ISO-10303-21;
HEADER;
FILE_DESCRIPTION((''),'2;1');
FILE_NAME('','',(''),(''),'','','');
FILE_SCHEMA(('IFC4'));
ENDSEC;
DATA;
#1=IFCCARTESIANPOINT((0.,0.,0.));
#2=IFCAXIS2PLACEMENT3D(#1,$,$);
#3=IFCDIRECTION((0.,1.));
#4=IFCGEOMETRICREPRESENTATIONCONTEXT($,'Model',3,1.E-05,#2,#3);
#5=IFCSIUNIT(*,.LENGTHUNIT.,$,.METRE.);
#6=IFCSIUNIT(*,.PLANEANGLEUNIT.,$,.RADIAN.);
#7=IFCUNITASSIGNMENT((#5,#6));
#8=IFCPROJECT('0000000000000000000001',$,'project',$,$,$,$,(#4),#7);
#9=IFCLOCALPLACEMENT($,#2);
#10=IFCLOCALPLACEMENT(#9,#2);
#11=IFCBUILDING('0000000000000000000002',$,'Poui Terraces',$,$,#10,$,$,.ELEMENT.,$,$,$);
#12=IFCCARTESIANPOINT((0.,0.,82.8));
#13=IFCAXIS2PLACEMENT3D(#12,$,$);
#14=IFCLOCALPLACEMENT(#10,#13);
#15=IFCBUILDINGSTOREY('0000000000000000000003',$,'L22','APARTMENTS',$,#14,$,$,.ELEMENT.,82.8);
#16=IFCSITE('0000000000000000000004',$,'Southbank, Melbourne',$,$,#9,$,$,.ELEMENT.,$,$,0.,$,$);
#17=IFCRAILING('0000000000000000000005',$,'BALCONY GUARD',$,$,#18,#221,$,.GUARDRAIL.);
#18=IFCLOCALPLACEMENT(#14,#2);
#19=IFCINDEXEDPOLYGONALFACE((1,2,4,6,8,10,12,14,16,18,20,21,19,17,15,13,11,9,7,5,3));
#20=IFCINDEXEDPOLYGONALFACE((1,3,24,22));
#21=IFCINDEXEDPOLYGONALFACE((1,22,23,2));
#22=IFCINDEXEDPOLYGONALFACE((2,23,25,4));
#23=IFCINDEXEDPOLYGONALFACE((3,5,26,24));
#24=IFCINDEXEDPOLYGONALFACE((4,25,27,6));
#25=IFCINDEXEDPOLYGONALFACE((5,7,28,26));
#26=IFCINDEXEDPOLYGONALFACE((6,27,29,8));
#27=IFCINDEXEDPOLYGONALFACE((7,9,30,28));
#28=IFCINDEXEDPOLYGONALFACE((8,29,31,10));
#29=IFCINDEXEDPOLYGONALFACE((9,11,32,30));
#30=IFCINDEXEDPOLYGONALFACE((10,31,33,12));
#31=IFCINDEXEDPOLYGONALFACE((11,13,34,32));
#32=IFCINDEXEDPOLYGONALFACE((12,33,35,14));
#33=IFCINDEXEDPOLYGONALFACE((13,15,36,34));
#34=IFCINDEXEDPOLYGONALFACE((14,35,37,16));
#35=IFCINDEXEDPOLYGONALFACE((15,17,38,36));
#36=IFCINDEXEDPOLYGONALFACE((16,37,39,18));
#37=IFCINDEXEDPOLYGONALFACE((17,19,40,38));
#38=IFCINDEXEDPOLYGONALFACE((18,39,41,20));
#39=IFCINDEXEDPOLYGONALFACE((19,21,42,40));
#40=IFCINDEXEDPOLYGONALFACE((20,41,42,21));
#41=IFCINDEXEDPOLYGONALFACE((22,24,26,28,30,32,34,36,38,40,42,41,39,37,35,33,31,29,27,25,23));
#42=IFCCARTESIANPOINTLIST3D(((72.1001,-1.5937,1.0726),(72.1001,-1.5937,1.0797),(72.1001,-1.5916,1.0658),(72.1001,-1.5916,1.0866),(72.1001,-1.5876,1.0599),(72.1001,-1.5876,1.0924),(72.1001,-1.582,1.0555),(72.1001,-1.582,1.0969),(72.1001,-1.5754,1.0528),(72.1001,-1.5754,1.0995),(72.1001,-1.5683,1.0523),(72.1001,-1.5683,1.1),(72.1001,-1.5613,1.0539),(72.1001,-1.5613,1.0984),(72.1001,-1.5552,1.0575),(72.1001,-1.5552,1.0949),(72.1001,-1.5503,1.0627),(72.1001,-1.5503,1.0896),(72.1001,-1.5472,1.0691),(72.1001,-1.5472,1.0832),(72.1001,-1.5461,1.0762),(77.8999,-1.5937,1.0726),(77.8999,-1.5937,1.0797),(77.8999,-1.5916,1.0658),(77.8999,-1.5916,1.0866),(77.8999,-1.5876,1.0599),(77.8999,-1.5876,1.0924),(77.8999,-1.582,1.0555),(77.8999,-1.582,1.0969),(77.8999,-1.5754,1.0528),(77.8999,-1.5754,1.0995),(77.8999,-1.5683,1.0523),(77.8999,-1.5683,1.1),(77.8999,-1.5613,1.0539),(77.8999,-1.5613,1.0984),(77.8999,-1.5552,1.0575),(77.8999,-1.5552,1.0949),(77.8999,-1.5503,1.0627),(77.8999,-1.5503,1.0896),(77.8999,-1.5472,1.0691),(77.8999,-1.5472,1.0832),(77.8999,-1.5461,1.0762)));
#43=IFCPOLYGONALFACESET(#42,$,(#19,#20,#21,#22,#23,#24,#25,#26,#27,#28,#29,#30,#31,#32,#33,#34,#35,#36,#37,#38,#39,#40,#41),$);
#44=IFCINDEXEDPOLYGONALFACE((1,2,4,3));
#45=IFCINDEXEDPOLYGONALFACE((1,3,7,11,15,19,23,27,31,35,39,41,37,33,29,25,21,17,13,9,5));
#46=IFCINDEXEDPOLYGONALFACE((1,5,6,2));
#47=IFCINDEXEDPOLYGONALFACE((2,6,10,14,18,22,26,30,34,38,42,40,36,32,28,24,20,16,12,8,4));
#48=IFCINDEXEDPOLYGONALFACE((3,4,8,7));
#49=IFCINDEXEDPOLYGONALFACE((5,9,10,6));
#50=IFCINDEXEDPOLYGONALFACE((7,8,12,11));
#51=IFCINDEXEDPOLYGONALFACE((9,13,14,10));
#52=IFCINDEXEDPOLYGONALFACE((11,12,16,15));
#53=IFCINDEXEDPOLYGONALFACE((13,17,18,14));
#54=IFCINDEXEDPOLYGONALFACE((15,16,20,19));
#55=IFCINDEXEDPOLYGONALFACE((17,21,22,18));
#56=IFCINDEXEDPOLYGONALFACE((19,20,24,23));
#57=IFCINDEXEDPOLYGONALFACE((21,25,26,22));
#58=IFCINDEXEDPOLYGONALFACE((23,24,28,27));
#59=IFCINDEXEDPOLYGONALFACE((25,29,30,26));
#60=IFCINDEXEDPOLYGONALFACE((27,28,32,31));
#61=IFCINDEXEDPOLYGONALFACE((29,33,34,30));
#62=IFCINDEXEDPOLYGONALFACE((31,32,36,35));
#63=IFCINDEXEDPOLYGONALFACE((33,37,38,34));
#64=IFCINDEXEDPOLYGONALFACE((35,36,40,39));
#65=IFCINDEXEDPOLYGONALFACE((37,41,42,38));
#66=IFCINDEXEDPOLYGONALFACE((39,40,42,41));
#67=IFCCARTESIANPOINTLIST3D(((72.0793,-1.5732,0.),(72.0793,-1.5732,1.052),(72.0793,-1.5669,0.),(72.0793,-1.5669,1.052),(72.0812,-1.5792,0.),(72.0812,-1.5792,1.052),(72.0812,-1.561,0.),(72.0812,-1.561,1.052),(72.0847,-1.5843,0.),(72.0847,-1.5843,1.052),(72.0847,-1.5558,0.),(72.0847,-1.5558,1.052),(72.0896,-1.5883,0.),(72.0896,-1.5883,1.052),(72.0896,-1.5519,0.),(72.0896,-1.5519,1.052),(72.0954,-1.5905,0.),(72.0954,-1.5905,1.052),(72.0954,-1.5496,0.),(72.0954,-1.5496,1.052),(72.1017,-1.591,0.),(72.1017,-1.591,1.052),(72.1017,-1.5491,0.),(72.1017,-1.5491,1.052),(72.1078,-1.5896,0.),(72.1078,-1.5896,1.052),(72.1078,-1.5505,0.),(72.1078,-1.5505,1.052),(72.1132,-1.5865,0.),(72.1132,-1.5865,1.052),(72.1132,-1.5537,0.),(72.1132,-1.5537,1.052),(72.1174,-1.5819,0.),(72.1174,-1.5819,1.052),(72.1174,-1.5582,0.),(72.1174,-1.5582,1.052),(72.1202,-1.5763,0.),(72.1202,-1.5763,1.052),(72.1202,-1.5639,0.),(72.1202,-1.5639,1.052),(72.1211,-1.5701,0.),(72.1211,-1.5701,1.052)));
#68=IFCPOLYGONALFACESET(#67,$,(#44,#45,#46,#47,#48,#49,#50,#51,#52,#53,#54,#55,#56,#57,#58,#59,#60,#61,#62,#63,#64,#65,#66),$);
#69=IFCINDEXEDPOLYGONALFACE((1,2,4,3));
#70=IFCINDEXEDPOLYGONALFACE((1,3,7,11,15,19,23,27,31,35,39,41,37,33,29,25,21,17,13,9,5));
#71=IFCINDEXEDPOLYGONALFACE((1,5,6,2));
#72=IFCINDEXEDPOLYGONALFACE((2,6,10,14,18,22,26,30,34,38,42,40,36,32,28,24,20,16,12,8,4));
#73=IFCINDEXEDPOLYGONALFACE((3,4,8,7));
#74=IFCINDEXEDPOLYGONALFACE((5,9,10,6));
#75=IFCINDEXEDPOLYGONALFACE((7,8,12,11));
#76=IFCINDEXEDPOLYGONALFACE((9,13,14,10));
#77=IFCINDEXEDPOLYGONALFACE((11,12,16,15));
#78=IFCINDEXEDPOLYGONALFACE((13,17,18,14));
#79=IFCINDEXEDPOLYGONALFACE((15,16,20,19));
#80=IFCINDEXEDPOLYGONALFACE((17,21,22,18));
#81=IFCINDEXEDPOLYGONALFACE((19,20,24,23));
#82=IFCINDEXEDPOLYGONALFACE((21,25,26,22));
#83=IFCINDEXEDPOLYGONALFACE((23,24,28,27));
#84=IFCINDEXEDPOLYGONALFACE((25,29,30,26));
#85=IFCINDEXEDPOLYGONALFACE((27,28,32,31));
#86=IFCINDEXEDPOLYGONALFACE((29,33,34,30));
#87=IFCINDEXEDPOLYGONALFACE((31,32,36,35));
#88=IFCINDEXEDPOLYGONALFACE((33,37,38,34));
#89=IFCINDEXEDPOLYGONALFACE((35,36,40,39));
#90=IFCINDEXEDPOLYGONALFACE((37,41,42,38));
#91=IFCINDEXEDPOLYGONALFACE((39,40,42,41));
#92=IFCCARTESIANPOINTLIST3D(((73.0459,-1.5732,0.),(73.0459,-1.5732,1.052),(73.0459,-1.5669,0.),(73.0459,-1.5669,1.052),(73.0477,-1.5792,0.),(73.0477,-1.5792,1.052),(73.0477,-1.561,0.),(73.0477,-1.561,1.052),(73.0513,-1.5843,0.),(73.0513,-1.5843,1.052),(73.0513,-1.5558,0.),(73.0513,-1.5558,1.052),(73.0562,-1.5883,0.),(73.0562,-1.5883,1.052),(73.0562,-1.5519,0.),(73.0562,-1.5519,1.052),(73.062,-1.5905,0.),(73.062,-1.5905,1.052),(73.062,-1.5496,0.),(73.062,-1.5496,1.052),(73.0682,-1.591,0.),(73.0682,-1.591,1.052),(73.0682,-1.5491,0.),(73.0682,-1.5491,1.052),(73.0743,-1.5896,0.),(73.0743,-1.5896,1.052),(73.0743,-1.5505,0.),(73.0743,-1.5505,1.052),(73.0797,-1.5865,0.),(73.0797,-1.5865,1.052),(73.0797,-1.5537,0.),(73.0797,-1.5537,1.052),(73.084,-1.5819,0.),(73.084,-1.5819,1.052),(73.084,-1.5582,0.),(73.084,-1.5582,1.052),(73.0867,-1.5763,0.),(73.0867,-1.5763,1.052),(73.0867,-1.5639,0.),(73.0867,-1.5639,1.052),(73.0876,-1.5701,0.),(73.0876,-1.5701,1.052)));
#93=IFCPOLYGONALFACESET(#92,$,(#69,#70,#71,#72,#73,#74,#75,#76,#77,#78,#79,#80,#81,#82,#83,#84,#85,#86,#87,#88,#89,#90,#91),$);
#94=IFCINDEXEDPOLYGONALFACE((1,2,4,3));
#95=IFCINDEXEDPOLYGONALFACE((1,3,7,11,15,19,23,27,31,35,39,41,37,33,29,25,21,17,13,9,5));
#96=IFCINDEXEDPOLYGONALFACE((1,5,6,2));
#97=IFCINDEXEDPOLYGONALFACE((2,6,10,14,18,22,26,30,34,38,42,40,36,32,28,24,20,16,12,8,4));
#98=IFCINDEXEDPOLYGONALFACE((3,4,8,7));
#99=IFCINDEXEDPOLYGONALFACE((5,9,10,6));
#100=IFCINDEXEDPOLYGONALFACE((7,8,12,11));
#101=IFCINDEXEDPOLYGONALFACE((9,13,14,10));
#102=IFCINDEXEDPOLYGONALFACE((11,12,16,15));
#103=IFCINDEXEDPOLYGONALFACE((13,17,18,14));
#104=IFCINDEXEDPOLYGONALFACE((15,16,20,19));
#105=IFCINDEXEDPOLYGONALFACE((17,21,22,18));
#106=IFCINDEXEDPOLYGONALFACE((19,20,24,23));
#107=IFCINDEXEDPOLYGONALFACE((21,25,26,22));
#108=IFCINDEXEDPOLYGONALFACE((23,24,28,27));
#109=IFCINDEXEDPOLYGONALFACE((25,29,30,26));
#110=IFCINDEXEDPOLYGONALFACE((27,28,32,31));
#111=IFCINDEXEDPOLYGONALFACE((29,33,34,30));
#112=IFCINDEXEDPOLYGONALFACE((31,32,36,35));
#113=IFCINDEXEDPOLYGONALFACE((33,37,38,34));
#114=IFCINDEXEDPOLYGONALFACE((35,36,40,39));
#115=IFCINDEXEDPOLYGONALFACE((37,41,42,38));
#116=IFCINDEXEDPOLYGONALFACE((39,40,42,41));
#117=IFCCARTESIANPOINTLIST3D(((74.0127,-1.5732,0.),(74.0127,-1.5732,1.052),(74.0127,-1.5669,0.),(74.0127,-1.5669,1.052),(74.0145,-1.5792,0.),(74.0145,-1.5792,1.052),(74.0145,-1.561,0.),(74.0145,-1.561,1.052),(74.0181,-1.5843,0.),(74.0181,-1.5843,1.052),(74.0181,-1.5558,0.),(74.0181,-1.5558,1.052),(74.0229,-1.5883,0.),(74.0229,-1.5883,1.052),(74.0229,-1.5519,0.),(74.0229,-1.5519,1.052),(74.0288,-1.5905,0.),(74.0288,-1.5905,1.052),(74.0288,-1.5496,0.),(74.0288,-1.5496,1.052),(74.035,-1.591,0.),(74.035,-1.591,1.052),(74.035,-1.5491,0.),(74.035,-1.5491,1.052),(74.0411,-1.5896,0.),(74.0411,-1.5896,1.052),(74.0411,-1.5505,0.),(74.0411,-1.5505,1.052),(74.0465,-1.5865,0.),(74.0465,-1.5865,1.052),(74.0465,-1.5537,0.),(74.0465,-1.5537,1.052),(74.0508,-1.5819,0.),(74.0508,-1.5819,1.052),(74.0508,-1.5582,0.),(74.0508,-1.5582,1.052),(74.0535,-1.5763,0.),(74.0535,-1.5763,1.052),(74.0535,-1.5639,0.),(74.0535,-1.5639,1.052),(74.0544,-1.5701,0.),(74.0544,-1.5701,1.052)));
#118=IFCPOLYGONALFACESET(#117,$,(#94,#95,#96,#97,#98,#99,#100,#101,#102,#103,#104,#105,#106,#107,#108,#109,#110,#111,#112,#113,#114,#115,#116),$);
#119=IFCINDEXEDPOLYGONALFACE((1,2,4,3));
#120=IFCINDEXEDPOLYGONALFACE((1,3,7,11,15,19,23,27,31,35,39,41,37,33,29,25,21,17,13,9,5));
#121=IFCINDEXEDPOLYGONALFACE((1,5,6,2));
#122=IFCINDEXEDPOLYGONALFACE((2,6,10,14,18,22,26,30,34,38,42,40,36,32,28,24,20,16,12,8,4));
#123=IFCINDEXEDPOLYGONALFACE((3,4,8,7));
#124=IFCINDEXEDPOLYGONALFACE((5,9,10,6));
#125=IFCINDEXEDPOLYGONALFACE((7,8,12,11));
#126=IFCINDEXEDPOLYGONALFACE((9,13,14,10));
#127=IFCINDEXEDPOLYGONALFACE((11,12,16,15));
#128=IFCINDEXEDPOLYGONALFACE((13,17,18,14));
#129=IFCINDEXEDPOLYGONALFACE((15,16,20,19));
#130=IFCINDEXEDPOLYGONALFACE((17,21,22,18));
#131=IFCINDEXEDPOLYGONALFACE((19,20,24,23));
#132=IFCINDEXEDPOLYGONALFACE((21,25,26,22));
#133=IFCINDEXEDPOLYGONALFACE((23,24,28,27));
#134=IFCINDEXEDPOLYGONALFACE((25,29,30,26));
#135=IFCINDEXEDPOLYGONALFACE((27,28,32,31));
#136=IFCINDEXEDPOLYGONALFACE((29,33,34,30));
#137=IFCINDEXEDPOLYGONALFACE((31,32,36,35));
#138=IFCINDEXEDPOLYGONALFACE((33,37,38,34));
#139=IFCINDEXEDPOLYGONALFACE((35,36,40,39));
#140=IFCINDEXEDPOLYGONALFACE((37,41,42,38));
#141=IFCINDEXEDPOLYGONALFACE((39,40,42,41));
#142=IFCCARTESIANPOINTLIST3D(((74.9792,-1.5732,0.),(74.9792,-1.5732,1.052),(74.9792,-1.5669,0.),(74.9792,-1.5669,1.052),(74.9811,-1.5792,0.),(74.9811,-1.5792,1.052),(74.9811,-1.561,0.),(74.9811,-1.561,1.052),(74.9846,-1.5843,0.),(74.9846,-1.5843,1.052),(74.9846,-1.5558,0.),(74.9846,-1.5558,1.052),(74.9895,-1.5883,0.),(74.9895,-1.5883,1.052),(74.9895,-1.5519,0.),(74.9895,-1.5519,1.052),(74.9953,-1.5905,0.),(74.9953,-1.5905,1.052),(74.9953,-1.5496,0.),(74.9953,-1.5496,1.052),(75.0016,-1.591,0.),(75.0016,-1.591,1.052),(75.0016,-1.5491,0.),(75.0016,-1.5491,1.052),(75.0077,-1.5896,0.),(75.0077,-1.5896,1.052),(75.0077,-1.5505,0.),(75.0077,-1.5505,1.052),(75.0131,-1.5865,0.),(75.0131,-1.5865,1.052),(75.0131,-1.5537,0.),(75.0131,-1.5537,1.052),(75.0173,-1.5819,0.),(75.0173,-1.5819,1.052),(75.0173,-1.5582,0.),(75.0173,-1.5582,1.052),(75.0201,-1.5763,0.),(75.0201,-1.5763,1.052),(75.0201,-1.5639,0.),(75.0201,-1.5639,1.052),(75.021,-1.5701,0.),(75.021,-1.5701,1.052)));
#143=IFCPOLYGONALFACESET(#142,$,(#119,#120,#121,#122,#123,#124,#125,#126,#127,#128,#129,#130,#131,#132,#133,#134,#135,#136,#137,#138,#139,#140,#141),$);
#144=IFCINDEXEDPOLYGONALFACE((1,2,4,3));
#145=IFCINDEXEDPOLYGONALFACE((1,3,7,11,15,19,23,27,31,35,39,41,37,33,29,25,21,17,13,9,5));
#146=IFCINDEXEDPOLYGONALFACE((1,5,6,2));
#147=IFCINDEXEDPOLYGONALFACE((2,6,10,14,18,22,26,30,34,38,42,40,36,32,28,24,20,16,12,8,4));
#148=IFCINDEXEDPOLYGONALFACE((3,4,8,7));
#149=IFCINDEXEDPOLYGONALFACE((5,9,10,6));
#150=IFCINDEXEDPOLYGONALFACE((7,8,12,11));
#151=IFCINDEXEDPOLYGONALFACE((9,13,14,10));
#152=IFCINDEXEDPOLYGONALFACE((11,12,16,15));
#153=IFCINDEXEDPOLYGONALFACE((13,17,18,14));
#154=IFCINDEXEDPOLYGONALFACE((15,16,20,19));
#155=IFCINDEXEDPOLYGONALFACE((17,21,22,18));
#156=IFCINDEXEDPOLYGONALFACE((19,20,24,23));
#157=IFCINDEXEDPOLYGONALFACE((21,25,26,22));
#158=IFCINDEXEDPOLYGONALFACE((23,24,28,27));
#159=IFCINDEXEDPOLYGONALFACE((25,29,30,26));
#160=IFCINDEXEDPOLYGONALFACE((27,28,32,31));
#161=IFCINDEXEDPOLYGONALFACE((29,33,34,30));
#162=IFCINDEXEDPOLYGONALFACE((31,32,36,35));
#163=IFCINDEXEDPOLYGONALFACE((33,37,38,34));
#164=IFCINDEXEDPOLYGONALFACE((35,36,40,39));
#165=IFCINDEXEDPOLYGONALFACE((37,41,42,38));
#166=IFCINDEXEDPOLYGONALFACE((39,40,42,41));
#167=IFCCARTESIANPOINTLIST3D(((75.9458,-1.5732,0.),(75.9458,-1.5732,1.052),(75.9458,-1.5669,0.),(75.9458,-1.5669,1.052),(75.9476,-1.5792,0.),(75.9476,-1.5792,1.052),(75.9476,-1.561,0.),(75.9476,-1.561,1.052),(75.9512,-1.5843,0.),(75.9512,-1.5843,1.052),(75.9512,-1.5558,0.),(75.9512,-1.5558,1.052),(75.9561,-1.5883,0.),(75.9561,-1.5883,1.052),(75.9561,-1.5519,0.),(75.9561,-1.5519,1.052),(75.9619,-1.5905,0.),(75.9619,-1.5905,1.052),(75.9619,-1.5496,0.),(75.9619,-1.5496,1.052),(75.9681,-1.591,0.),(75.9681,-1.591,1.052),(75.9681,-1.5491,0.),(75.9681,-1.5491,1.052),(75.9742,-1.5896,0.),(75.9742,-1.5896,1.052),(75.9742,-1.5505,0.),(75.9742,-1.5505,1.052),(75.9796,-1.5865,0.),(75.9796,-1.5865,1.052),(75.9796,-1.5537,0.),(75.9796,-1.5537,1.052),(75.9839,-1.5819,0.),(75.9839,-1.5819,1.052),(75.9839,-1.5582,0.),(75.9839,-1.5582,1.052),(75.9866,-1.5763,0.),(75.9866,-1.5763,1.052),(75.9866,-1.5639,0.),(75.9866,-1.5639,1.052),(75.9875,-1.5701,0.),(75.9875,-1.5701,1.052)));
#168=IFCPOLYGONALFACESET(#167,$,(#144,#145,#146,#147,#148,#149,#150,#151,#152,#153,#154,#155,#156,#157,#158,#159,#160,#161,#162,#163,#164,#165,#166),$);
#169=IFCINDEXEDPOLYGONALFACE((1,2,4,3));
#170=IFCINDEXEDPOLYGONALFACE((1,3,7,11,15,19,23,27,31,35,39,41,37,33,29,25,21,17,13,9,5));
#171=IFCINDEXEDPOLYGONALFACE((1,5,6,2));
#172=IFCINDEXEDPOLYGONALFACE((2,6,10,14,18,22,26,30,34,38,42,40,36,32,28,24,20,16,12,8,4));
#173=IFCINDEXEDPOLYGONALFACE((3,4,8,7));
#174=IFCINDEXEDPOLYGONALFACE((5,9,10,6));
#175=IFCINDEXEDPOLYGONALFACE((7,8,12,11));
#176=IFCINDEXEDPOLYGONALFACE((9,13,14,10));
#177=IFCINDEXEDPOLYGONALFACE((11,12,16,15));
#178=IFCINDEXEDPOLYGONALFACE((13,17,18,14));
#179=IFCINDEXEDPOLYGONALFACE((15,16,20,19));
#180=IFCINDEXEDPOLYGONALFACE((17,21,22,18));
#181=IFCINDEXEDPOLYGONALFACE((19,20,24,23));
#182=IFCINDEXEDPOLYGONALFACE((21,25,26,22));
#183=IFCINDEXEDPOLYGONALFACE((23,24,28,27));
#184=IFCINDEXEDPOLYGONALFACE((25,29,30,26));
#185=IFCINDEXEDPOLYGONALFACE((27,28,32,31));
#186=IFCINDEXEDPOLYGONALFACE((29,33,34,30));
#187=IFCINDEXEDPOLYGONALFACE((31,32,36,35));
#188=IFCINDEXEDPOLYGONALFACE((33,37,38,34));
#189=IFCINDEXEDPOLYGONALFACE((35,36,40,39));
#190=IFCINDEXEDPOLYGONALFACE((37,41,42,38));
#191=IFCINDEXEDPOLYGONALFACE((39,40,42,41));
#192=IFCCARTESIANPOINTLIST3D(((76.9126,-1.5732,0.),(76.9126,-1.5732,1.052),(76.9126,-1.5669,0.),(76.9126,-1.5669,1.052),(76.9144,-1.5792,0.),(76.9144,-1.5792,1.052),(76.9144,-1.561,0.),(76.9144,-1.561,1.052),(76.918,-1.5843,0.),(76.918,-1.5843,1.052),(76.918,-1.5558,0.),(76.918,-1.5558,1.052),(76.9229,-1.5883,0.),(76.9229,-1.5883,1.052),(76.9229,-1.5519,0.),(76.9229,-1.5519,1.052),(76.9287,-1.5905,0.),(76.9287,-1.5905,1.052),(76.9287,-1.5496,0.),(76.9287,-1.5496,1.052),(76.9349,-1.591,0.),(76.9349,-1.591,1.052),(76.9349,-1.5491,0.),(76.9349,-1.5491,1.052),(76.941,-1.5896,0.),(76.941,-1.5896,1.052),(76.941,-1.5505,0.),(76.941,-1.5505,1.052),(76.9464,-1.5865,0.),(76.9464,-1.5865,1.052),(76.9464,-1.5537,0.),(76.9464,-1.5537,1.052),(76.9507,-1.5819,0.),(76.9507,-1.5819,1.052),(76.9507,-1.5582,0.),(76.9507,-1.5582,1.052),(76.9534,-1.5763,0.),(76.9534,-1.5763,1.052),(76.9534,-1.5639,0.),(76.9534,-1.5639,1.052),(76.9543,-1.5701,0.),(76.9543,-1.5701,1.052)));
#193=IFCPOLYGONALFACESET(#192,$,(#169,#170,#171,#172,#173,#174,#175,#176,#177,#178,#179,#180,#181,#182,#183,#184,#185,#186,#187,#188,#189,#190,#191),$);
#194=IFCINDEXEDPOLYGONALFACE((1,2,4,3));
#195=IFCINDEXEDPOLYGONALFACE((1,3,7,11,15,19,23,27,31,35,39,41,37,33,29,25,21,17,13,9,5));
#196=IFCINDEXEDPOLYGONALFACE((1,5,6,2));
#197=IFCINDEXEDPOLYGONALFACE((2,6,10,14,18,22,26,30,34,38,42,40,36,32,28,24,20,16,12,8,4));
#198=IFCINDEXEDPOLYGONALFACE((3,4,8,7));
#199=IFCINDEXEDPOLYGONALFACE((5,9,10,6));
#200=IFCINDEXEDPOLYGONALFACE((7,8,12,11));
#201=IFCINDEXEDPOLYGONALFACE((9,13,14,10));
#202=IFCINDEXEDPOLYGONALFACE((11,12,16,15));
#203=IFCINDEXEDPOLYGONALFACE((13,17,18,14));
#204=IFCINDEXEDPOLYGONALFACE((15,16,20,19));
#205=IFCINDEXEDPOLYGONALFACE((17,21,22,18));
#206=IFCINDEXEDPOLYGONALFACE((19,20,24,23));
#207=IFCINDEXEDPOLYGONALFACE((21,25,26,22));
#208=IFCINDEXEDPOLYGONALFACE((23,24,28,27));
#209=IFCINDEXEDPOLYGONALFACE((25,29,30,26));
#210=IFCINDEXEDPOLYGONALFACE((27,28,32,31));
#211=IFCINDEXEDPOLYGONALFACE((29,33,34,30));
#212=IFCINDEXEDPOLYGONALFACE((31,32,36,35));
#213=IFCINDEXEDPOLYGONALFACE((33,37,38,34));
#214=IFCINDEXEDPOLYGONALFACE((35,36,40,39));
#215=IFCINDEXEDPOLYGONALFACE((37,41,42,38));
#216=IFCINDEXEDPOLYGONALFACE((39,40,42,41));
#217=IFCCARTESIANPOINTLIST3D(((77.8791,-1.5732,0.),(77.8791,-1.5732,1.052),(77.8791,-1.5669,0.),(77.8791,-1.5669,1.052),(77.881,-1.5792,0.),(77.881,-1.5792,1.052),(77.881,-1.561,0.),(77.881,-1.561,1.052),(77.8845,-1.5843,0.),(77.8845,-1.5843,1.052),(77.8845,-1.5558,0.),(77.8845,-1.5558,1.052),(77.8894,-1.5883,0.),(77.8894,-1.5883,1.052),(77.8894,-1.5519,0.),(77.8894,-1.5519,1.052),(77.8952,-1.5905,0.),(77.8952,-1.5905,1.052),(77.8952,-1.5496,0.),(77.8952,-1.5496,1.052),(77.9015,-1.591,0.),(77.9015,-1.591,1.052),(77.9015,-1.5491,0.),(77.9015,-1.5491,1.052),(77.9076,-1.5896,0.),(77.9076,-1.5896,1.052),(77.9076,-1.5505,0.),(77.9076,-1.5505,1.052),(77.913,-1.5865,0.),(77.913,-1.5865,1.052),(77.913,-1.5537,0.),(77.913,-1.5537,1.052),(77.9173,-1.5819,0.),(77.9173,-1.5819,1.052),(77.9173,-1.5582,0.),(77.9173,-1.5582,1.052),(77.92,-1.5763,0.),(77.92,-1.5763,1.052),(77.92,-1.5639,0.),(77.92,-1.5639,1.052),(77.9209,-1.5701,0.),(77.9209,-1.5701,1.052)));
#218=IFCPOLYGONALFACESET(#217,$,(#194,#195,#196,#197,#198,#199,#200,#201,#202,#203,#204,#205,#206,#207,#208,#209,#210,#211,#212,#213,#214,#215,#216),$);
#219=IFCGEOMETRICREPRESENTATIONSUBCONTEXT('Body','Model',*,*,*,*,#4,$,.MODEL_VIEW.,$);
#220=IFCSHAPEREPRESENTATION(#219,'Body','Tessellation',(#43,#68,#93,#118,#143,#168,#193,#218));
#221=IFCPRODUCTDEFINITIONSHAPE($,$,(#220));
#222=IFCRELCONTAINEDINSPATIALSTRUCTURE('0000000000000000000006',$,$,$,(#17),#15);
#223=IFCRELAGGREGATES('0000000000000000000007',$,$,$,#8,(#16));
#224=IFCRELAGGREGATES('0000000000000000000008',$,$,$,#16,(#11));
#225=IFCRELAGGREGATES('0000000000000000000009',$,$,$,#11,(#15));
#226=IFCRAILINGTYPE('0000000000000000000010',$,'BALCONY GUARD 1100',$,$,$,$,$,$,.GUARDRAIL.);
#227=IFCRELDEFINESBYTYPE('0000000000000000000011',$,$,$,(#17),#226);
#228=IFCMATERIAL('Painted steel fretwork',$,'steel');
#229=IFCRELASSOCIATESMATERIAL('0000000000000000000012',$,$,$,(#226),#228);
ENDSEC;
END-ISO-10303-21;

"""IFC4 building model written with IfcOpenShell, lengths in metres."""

from ifc_helpers import new_model, si_unit, direction, frame, origin, origin_2d, place, context, subcontext, project, spatial, circle, extrude, material, type_object, element, save


model = new_model("IFC4")

# Units and contexts
model_context = context("Model", 3, precision=1e-05, world=origin(), true_north=direction((0.0, 1.0)))
body_context = subcontext(model_context, "Body", "Model", "MODEL_VIEW")
ifc_project = project(units=[si_unit("LENGTHUNIT", "METRE"), si_unit("PLANEANGLEUNIT", "RADIAN")], contexts=[model_context])

# Site, building, storey
site_placement = place(None, origin())
site = spatial("IfcSite", under=ifc_project, at=site_placement, Name="Southbank, Melbourne", CompositionType="ELEMENT", RefElevation=0.0)
building_placement = place(site_placement, origin())
building = spatial("IfcBuilding", under=site, at=building_placement, Name="Poui Terraces", CompositionType="ELEMENT")
storey_placement = place(building_placement, frame((0.0, 0.0, 82.8)))
storey = spatial("IfcBuildingStorey", under=building, at=storey_placement, Name="L22", Description="APARTMENTS", CompositionType="ELEMENT", Elevation=82.8)

# Railing
ifc_material_1 = material(Name="Painted steel fretwork", Category="steel")
railing_type_1 = type_object("IfcRailingType", Name="BALCONY GUARD 1100", PredefinedType="GUARDRAIL", material=ifc_material_1)
railing_1_placement = place(storey_placement, frame((72.1001, -1.5701, 0.0)))
element("IfcRailing", 1, at=railing_1_placement, inside=storey, type_object=railing_type_1, Name="BALCONY GUARD", PredefinedType="GUARDRAIL", context=body_context, shape_type="SweptSolid", body=[
    extrude(circle(Radius=0.0239, at=origin_2d()), frame((0.0, 0.0, 1.0762), z_axis=(1.0, 0.0, 0.0), x_axis=(0.0, 1.0, 0.0)), (0.0, 0.0, 1.0), 5.7998),
    extrude(circle(Radius=0.021, at=origin_2d()), origin(), (0.0, 0.0, 1.0), 1.052),
    extrude(circle(Radius=0.021, at=origin_2d()), frame((0.9666, 0.0, 0.0)), (0.0, 0.0, 1.0), 1.052),
    extrude(circle(Radius=0.021, at=origin_2d()), frame((1.9333, 0.0, 0.0)), (0.0, 0.0, 1.0), 1.052),
    extrude(circle(Radius=0.021, at=origin_2d()), frame((2.8999, 0.0, 0.0)), (0.0, 0.0, 1.0), 1.052),
    extrude(circle(Radius=0.021, at=origin_2d()), frame((3.8665, 0.0, 0.0)), (0.0, 0.0, 1.0), 1.052),
    extrude(circle(Radius=0.021, at=origin_2d()), frame((4.8333, 0.0, 0.0)), (0.0, 0.0, 1.0), 1.052),
    extrude(circle(Radius=0.021, at=origin_2d()), frame((5.7998, 0.0, 0.0)), (0.0, 0.0, 1.0), 1.052),
])

save(model, "model.ifc")
